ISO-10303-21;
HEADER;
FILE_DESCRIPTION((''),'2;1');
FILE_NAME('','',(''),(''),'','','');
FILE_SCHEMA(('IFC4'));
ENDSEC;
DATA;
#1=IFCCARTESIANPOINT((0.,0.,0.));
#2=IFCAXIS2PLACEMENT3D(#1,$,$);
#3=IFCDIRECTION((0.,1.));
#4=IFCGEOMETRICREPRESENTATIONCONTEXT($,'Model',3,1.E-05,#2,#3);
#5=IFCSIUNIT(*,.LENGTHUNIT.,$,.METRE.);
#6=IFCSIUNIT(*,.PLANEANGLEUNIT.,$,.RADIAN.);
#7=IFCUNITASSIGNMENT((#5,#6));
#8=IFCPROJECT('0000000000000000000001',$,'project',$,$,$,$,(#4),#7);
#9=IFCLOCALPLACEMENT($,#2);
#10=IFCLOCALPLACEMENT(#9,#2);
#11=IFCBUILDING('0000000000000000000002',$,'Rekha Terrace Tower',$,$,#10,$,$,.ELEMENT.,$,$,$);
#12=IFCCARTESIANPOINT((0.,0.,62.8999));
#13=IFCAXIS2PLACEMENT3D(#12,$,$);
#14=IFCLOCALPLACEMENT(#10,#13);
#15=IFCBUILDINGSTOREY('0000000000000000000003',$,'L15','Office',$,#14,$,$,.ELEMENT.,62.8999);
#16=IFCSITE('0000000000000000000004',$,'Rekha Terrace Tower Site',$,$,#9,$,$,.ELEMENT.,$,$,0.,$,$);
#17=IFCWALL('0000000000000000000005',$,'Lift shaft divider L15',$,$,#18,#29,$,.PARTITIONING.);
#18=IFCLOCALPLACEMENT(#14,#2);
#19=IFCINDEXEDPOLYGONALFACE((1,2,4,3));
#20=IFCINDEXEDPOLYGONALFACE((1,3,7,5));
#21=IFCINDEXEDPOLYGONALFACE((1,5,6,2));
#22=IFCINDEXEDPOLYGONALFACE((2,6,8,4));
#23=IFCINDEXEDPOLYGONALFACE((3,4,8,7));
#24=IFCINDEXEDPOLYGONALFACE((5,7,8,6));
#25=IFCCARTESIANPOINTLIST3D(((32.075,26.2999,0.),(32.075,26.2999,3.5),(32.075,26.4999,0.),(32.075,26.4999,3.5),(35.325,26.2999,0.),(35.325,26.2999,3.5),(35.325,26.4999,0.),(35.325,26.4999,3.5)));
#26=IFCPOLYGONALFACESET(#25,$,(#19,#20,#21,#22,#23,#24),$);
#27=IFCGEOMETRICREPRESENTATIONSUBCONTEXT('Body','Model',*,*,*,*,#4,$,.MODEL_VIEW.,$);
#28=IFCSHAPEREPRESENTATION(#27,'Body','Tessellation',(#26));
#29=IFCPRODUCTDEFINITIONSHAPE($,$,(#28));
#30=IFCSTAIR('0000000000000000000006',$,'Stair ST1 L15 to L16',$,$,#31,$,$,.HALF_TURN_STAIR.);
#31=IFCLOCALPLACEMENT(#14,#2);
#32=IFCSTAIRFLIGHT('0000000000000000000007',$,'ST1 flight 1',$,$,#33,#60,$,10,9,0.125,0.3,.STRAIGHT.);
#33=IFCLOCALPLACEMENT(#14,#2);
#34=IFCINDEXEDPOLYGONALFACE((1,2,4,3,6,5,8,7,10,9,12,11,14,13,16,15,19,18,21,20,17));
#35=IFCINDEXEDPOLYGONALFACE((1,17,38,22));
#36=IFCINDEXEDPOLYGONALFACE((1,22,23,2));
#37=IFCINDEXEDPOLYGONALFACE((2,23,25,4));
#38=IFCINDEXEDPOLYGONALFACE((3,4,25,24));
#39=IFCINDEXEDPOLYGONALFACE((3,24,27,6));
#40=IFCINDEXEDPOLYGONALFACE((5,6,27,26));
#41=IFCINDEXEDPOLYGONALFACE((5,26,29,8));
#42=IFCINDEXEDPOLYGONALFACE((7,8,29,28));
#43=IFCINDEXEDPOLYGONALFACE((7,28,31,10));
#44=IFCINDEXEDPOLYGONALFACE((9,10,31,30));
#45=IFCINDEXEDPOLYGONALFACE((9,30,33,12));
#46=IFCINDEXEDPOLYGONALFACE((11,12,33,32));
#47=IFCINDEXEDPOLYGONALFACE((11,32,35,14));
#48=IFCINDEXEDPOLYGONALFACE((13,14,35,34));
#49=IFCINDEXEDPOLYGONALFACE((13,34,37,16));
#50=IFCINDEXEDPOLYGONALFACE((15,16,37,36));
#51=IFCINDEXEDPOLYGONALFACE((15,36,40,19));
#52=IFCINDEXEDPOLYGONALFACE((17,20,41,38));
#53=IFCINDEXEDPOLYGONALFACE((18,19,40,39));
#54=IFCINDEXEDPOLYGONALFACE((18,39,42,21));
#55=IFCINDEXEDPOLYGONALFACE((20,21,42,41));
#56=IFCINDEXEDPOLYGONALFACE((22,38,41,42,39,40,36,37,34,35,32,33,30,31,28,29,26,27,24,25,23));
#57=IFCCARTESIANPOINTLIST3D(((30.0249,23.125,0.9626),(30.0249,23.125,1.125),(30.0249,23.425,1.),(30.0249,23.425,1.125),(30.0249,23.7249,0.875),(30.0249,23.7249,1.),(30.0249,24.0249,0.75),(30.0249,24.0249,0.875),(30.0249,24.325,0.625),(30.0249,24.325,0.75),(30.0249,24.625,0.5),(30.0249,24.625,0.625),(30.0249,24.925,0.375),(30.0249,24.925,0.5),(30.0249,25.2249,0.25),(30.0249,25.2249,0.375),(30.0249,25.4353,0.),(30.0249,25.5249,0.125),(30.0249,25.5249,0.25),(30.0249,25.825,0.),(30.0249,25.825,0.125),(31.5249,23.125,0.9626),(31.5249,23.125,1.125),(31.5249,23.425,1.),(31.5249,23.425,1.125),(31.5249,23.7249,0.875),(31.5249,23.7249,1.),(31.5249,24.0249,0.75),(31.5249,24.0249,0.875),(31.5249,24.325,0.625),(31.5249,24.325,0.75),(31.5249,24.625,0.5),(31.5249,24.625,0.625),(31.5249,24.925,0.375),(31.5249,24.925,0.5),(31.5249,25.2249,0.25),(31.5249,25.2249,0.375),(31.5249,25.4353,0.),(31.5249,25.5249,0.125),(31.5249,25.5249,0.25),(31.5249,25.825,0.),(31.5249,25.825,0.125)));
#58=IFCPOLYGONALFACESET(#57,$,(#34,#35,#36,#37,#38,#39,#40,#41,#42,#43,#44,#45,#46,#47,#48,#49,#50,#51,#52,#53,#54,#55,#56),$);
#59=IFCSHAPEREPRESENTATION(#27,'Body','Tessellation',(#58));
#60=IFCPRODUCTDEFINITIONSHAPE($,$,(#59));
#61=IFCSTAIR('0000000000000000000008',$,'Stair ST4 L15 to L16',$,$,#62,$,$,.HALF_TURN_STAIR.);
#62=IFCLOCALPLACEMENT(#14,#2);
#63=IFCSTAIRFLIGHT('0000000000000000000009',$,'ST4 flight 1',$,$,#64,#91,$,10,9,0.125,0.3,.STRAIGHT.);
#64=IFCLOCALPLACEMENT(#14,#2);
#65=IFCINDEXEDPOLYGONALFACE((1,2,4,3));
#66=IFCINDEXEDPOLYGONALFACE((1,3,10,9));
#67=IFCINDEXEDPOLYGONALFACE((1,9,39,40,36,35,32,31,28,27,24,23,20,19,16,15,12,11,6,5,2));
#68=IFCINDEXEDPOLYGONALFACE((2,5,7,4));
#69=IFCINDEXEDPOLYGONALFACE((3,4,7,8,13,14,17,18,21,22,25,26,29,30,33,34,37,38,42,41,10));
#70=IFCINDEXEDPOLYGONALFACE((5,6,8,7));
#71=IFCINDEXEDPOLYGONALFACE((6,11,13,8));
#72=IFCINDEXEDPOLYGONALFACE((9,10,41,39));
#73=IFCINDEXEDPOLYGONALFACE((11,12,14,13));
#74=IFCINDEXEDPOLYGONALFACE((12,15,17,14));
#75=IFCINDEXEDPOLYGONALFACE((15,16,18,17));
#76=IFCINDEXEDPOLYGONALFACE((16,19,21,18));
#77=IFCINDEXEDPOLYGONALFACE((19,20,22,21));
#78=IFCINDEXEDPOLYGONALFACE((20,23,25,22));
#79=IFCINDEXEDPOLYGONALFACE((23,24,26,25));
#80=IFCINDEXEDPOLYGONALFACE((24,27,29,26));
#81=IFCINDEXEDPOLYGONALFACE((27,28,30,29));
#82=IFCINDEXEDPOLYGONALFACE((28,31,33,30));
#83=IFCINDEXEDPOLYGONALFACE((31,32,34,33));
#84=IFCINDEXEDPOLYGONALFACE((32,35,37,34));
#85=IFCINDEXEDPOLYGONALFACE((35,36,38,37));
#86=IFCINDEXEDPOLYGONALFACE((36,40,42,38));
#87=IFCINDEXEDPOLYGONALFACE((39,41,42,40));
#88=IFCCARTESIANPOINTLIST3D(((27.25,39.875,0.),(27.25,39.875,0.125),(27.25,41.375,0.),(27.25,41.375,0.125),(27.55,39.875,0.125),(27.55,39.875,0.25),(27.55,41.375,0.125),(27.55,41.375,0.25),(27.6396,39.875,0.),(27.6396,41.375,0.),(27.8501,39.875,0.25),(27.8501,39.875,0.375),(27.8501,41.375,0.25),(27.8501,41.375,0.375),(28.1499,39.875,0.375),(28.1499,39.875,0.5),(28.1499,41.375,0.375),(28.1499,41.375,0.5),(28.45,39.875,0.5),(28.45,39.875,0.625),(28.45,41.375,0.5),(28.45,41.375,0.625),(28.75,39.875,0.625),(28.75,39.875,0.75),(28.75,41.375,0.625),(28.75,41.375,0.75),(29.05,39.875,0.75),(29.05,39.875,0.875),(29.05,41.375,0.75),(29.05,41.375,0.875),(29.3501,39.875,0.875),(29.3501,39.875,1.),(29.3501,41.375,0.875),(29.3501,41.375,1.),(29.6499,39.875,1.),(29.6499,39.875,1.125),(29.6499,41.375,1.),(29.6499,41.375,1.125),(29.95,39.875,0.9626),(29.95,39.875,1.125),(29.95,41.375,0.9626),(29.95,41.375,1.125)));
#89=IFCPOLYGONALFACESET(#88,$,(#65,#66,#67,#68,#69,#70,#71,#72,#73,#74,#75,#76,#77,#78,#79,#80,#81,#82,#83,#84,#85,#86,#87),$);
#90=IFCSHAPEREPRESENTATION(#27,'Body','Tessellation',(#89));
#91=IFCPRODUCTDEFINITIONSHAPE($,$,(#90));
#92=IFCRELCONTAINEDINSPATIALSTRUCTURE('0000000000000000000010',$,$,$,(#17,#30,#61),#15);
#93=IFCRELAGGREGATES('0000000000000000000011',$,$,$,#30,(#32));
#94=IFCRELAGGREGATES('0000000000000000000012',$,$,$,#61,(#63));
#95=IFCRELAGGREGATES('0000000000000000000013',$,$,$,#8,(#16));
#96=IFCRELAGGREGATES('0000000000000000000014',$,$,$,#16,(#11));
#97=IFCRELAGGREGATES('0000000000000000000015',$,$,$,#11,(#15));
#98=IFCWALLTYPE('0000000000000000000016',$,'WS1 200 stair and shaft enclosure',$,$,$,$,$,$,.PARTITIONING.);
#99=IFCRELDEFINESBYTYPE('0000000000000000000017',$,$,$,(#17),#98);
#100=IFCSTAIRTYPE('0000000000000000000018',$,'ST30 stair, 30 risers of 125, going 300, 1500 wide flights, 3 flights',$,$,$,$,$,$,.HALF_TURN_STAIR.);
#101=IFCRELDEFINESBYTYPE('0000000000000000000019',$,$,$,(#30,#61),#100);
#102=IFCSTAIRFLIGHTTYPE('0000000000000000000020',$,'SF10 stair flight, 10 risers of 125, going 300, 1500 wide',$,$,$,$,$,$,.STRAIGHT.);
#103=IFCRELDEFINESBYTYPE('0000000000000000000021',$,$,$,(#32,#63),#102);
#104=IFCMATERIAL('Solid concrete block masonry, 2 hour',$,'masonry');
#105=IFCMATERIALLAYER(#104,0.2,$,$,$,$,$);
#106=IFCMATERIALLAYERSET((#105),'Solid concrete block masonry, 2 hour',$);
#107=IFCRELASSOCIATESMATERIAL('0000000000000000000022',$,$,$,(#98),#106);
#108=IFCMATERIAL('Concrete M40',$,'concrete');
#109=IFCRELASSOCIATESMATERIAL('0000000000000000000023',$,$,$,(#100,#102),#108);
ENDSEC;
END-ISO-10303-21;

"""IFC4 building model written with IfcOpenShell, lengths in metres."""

from ifc_helpers import new_model, si_unit, direction, frame, frame_2d, origin, place, context, subcontext, project, spatial, polyline, rectangle, outline, extrude, material, layer, layer_set, type_object, element, aggregate, save


model = new_model("IFC4")

# Units and contexts
model_context = context("Model", 3, precision=1e-05, world=origin(), true_north=direction((0.0, 1.0)))
body_context = subcontext(model_context, "Body", "Model", "MODEL_VIEW")
ifc_project = project(units=[si_unit("LENGTHUNIT", "METRE"), si_unit("PLANEANGLEUNIT", "RADIAN")], contexts=[model_context])

# Site, building, storey
site_placement = place(None, origin())
site = spatial("IfcSite", under=ifc_project, at=site_placement, Name="Rekha Terrace Tower Site", CompositionType="ELEMENT", RefElevation=0.0)
building_placement = place(site_placement, origin())
building = spatial("IfcBuilding", under=site, at=building_placement, Name="Rekha Terrace Tower", CompositionType="ELEMENT")
storey_placement = place(building_placement, frame((0.0, 0.0, 62.8999)))
storey = spatial("IfcBuildingStorey", under=building, at=storey_placement, Name="L15", Description="Office", CompositionType="ELEMENT", Elevation=62.8999)

# Wall
ifc_material_1 = material(Name="Solid concrete block masonry, 2 hour", Category="masonry")
ifc_layer_1 = layer(ifc_material_1, 0.2)
ifc_layer_set_1 = layer_set([ifc_layer_1], Name="Solid concrete block masonry, 2 hour")
wall_type_1 = type_object("IfcWallType", Name="WS1 200 stair and shaft enclosure", PredefinedType="PARTITIONING", material=ifc_layer_set_1)
wall_1_placement = place(storey_placement, frame((32.075, 26.3999, 0.0), z_axis=(0.0, 0.0, 1.0), x_axis=(1.0, 0.0, 0.0)))
element("IfcWall", 1, at=wall_1_placement, inside=storey, type_object=wall_type_1, Name="Lift shaft divider L15", PredefinedType="PARTITIONING", context=body_context, shape_type="SweptSolid", body=[
    extrude(rectangle(XDim=3.25, YDim=0.2, at=frame_2d((1.625, 0.0))), origin(), (0.0, 0.0, 1.0), 3.5),
])

# Stairs, stair flights
ifc_material_2 = material(Name="Concrete M40", Category="concrete")
stair_type = type_object("IfcStairType", Name="ST30 stair, 30 risers of 125, going 300, 1500 wide flights, 3 flights", PredefinedType="HALF_TURN_STAIR", material=ifc_material_2)
stair_1_placement = place(storey_placement, origin())
stair_1 = element("IfcStair", 2, at=stair_1_placement, inside=storey, type_object=stair_type, Name="Stair ST1 L15 to L16", PredefinedType="HALF_TURN_STAIR")
stair_flight_type = type_object("IfcStairFlightType", Name="SF10 stair flight, 10 risers of 125, going 300, 1500 wide", PredefinedType="STRAIGHT", material=ifc_material_2)
stair_flight_1_placement = place(storey_placement, frame((30.7749, 25.825, 0.0), z_axis=(0.0, 0.0, 1.0), x_axis=(0.0, -1.0, 0.0)))
stair_flight_1 = element("IfcStairFlight", 3, at=stair_flight_1_placement, type_object=stair_flight_type, Name="ST1 flight 1", NumberOfRisers=10, NumberOfTreads=9, PredefinedType="STRAIGHT", RiserHeight=0.125, TreadLength=0.3, context=body_context, shape_type="SweptSolid", body=[
    extrude(outline(polyline([(0.0, 0.0), (0.0, 0.125), (0.3, 0.125), (0.3, 0.25), (0.6001, 0.25), (0.6001, 0.375), (0.8999, 0.375), (0.8999, 0.5), (1.2, 0.5), (1.2, 0.625), (1.5, 0.625), (1.5, 0.75), (1.8, 0.75), (1.8, 0.875), (2.1001, 0.875), (2.1001, 1.0), (2.3999, 1.0), (2.3999, 1.125), (2.7, 1.125), (2.7, 1.25), (2.7, 0.9626), (0.3896, 0.0), (0.0, 0.0)])), frame((0.0, 0.75, 0.0), z_axis=(0.0, -1.0, 0.0), x_axis=(1.0, 0.0, 0.0)), (0.0, 0.0, 1.0), 1.5),
])
aggregate(stair_1, [stair_flight_1])
stair_2_placement = place(storey_placement, origin())
stair_2 = element("IfcStair", 4, at=stair_2_placement, inside=storey, type_object=stair_type, Name="Stair ST4 L15 to L16", PredefinedType="HALF_TURN_STAIR")
stair_flight_2_placement = place(storey_placement, frame((27.25, 40.625, 0.0), z_axis=(0.0, 0.0, 1.0), x_axis=(1.0, 0.0, 0.0)))
stair_flight_2 = element("IfcStairFlight", 5, at=stair_flight_2_placement, type_object=stair_flight_type, Name="ST4 flight 1", NumberOfRisers=10, NumberOfTreads=9, PredefinedType="STRAIGHT", RiserHeight=0.125, TreadLength=0.3, context=body_context, shape_type="SweptSolid", body=[
    extrude(outline(polyline([(0.0, 0.0), (0.0, 0.125), (0.3, 0.125), (0.3, 0.25), (0.6001, 0.25), (0.6001, 0.375), (0.8999, 0.375), (0.8999, 0.5), (1.2, 0.5), (1.2, 0.625), (1.5, 0.625), (1.5, 0.75), (1.8, 0.75), (1.8, 0.875), (2.1001, 0.875), (2.1001, 1.0), (2.3999, 1.0), (2.3999, 1.125), (2.7, 1.125), (2.7, 1.25), (2.7, 0.9626), (0.3896, 0.0), (0.0, 0.0)])), frame((0.0, 0.75, 0.0), z_axis=(0.0, -1.0, 0.0), x_axis=(1.0, 0.0, 0.0)), (0.0, 0.0, 1.0), 1.5),
])
aggregate(stair_2, [stair_flight_2])

save(model, "model.ifc")
